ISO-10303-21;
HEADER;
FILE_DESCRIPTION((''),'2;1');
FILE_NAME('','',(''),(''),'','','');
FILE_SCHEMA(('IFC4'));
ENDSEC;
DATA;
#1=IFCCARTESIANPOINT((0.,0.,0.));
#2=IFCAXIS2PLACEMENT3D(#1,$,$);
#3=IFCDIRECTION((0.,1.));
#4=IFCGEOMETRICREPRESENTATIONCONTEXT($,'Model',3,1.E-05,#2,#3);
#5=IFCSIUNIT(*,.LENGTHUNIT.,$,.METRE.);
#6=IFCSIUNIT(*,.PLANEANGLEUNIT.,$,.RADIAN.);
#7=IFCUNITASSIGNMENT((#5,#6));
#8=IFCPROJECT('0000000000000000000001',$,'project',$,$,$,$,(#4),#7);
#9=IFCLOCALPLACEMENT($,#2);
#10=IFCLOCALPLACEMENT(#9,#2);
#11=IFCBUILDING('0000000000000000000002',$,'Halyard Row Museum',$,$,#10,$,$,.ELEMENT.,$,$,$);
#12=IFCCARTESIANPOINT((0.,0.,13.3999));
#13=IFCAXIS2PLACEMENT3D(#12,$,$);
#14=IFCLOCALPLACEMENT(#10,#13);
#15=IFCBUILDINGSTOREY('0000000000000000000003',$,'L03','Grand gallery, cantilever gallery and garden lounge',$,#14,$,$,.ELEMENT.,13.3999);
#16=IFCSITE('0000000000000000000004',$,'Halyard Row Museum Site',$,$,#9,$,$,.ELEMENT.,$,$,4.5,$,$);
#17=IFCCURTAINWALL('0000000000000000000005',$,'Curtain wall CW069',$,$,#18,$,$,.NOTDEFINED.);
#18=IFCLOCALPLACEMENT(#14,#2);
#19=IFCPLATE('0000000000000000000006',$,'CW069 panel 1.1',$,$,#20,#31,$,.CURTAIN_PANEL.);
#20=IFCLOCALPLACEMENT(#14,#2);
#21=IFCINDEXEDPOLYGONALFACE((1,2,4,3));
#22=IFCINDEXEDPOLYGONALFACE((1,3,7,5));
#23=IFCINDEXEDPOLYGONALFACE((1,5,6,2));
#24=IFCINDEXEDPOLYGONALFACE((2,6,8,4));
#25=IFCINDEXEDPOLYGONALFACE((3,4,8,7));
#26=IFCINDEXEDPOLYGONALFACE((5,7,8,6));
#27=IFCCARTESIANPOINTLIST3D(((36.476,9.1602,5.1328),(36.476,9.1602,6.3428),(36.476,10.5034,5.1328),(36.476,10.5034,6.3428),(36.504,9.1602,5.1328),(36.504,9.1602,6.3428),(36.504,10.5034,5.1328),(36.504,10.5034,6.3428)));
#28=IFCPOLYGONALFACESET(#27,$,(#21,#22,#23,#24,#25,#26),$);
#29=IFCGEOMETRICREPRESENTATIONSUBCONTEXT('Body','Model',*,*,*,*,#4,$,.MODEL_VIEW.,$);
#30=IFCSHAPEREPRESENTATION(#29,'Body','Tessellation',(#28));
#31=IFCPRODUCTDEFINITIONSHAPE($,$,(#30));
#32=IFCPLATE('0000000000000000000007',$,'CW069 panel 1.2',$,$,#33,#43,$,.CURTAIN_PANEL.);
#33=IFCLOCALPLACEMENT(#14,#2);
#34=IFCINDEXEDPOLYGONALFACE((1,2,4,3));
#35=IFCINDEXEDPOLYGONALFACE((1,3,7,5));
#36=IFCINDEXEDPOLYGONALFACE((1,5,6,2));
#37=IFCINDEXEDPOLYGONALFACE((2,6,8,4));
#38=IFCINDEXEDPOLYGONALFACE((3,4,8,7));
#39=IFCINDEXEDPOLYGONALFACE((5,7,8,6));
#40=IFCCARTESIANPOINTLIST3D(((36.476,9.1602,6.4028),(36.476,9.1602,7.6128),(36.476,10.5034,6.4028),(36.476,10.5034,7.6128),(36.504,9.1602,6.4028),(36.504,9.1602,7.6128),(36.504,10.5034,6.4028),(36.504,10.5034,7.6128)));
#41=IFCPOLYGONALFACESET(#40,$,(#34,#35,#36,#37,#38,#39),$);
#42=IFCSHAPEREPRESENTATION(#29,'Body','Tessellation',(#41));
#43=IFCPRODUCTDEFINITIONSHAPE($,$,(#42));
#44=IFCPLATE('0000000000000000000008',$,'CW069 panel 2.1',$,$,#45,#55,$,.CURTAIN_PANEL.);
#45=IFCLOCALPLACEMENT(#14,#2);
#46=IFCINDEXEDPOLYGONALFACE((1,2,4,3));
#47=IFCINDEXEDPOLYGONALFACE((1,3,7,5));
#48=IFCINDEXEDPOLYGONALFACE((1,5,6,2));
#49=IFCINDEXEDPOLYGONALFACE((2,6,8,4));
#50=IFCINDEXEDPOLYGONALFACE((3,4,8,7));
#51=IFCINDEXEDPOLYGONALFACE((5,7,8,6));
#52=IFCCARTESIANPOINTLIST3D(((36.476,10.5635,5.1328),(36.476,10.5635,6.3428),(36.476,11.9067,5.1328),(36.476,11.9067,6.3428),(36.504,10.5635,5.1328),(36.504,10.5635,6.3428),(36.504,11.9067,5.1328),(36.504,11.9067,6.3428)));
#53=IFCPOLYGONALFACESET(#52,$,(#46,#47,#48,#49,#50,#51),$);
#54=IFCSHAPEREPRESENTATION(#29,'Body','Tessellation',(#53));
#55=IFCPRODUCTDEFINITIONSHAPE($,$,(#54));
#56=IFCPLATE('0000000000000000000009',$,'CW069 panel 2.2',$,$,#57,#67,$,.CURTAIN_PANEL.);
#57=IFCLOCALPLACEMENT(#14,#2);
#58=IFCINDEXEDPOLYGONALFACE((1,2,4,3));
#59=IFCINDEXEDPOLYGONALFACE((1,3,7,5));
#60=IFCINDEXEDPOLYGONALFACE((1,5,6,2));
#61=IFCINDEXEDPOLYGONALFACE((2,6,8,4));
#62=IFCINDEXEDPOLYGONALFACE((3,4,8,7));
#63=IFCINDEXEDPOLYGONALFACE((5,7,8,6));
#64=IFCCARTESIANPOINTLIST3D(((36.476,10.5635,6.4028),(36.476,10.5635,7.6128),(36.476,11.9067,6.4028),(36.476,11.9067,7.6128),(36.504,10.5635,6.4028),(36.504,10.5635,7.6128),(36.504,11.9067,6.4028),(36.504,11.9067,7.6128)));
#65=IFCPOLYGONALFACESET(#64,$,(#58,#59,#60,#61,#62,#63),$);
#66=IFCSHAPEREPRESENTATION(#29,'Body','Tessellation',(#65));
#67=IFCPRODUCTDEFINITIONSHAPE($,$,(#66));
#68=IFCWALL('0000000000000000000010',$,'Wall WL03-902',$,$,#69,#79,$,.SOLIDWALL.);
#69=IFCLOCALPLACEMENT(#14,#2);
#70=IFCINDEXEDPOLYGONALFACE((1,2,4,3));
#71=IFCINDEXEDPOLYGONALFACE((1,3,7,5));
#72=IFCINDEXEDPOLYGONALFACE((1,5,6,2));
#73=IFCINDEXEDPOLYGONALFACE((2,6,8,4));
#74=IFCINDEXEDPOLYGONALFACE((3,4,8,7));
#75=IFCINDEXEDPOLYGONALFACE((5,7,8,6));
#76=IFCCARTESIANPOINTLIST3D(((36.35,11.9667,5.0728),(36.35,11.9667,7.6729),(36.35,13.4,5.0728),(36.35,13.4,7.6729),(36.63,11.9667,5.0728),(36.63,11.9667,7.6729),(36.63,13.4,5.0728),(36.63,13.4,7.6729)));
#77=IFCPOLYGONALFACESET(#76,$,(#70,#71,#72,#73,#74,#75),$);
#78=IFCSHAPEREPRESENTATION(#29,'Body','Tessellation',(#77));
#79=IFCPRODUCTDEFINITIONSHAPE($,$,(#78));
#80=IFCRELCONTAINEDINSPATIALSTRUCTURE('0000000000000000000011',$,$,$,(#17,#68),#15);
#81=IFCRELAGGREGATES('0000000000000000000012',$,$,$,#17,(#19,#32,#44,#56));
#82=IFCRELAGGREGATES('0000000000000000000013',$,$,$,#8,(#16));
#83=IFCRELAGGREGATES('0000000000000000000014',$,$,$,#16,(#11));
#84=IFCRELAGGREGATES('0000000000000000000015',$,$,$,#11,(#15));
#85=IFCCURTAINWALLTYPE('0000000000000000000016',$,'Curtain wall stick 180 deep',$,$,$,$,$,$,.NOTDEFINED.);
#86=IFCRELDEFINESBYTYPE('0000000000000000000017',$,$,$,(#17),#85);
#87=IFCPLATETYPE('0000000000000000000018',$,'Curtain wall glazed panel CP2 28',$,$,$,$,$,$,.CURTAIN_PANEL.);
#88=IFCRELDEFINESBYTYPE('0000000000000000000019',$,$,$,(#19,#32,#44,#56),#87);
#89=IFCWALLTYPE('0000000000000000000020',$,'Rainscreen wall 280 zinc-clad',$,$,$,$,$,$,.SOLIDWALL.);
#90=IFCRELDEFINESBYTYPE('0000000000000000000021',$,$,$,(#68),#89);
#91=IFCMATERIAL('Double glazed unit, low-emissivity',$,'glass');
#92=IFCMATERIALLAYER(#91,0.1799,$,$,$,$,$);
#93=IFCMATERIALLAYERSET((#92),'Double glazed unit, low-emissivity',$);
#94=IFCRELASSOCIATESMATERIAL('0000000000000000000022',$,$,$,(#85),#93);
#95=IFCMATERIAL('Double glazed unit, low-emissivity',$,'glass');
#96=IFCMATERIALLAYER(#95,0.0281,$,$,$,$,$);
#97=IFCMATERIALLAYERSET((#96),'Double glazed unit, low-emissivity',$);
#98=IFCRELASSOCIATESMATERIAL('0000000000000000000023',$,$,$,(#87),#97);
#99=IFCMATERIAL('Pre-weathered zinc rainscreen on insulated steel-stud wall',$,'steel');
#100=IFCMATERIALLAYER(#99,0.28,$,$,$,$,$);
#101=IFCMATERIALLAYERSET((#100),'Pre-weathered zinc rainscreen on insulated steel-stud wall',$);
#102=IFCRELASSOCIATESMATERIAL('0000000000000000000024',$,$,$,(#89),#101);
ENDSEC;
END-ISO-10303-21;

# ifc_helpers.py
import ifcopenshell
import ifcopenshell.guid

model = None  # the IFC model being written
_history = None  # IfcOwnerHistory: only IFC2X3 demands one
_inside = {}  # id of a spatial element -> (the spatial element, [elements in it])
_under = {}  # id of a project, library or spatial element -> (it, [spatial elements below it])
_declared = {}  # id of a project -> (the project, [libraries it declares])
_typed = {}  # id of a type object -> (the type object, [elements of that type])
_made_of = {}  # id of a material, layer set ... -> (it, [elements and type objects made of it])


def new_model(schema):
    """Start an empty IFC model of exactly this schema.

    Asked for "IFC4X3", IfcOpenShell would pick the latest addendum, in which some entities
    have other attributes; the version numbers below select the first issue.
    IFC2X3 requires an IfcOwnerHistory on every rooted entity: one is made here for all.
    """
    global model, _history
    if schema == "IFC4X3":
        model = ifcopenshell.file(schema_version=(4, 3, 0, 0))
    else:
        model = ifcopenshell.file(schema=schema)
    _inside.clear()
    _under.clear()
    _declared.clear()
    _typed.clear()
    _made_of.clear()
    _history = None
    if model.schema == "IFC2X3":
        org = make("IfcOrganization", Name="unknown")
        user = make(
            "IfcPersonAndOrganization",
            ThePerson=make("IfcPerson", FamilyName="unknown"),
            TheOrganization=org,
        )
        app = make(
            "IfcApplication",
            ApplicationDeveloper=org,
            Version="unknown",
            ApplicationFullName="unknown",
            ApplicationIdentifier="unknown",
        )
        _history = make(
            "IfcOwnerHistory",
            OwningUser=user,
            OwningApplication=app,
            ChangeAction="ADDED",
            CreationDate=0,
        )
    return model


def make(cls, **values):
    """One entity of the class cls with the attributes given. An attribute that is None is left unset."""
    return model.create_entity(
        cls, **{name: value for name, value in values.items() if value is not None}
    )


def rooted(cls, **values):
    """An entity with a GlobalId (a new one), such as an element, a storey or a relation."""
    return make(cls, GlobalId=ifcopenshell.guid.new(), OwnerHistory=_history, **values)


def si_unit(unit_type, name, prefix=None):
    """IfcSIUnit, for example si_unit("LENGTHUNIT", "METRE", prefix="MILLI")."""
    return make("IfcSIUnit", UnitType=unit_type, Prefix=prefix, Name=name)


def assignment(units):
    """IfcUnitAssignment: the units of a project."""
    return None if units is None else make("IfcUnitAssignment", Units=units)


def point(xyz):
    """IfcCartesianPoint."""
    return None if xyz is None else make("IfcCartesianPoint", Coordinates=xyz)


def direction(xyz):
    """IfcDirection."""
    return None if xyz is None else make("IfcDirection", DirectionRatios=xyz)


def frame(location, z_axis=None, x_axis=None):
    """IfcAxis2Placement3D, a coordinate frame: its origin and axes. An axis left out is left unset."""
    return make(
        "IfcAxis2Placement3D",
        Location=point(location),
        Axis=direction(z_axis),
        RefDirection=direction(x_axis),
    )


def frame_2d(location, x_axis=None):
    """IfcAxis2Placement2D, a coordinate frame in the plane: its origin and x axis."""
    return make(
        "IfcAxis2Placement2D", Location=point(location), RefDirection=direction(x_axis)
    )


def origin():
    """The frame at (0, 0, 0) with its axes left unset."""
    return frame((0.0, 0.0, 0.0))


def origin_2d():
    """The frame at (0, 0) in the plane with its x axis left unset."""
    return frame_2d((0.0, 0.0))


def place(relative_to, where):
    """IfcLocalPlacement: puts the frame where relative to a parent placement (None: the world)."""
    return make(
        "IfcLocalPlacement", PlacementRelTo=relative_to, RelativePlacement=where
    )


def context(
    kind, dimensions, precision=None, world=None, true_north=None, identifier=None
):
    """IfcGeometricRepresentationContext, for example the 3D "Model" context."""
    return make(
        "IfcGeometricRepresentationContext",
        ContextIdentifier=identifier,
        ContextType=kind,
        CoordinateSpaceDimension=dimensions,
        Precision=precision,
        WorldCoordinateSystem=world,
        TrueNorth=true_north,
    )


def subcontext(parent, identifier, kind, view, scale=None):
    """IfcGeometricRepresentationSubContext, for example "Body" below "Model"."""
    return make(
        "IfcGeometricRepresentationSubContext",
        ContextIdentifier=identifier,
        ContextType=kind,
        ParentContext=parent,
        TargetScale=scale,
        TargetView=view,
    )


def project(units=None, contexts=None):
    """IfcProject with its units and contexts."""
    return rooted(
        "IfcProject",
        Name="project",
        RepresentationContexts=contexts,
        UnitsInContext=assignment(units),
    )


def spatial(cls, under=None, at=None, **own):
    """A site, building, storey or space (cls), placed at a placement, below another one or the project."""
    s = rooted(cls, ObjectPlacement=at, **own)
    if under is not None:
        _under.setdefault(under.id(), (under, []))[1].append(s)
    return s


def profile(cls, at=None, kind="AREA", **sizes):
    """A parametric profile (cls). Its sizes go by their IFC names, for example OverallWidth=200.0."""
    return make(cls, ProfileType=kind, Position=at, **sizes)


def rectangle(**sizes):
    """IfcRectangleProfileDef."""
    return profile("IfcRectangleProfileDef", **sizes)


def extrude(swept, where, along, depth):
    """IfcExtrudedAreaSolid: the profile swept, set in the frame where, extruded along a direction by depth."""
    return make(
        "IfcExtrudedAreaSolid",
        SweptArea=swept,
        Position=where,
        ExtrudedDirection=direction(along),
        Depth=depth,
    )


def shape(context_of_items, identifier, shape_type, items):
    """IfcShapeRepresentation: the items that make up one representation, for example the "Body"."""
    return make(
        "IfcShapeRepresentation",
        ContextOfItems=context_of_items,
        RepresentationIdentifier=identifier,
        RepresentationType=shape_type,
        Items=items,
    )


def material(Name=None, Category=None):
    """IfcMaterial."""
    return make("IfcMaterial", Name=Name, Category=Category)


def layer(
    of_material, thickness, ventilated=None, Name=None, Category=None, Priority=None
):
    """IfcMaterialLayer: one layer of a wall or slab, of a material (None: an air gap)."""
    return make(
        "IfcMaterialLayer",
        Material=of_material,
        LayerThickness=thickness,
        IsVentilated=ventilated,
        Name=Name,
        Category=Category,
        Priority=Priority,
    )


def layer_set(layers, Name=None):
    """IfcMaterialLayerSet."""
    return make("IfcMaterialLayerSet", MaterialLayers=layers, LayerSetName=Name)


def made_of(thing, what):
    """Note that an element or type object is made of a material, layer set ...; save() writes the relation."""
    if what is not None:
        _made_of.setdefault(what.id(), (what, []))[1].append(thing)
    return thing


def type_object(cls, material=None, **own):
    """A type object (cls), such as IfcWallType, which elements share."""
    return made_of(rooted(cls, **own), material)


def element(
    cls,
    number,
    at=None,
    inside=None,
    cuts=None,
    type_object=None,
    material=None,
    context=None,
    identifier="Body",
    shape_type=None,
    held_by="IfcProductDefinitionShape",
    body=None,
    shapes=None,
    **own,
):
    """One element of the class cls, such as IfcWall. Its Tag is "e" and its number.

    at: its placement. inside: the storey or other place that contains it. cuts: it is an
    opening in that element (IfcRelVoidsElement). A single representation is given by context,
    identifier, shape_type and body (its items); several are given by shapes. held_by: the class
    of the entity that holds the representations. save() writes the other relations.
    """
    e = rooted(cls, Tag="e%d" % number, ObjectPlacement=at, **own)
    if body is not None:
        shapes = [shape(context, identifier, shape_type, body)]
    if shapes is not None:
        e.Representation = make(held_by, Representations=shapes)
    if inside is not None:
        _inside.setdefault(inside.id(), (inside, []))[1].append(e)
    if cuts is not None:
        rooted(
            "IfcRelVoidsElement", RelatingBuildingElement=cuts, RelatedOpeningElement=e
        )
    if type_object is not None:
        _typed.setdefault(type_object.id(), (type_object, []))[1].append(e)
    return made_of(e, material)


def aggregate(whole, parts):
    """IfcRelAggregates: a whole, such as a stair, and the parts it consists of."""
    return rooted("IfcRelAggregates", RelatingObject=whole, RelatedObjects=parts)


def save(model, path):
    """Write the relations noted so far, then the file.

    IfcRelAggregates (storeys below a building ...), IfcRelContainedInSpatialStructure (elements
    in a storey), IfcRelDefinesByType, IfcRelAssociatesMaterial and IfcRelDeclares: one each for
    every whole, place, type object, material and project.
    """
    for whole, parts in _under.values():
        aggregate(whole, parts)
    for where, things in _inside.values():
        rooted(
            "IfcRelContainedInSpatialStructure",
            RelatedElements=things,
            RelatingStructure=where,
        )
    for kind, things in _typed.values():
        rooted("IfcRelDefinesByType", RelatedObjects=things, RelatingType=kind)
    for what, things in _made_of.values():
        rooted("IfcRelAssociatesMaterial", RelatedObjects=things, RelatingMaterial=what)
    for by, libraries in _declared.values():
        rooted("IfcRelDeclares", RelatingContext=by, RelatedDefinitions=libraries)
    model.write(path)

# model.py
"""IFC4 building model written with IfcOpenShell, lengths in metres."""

from ifc_helpers import new_model, si_unit, direction, frame, frame_2d, origin, origin_2d, place, context, subcontext, project, spatial, rectangle, extrude, material, layer, layer_set, type_object, element, aggregate, save


model = new_model("IFC4")

# Units and contexts
model_context = context("Model", 3, precision=1e-05, world=origin(), true_north=direction((0.0, 1.0)))
body_context = subcontext(model_context, "Body", "Model", "MODEL_VIEW")
ifc_project = project(units=[si_unit("LENGTHUNIT", "METRE"), si_unit("PLANEANGLEUNIT", "RADIAN")], contexts=[model_context])

# Site, building, storey
site_placement = place(None, origin())
site = spatial("IfcSite", under=ifc_project, at=site_placement, Name="Halyard Row Museum Site", CompositionType="ELEMENT", RefElevation=4.5)
building_placement = place(site_placement, origin())
building = spatial("IfcBuilding", under=site, at=building_placement, Name="Halyard Row Museum", CompositionType="ELEMENT")
storey_placement = place(building_placement, frame((0.0, 0.0, 13.3999)))
storey = spatial("IfcBuildingStorey", under=building, at=storey_placement, Name="L03", Description="Grand gallery, cantilever gallery and garden lounge", CompositionType="ELEMENT", Elevation=13.3999)

# Curtain wall
ifc_material_1 = material(Name="Double glazed unit, low-emissivity", Category="glass")
ifc_layer_1 = layer(ifc_material_1, 0.1799)
ifc_layer_set_1 = layer_set([ifc_layer_1], Name="Double glazed unit, low-emissivity")
curtain_wall_type = type_object("IfcCurtainWallType", Name="Curtain wall stick 180 deep", PredefinedType="NOTDEFINED", material=ifc_layer_set_1)
curtain_wall_1_placement = place(storey_placement, origin())
curtain_wall_1 = element("IfcCurtainWall", 1, at=curtain_wall_1_placement, inside=storey, type_object=curtain_wall_type, Name="Curtain wall CW069", PredefinedType="NOTDEFINED")

# Plates
ifc_material_2 = material(Name="Double glazed unit, low-emissivity", Category="glass")
ifc_layer_2 = layer(ifc_material_2, 0.0281)
ifc_layer_set_2 = layer_set([ifc_layer_2], Name="Double glazed unit, low-emissivity")
plate_type = type_object("IfcPlateType", Name="Curtain wall glazed panel CP2 28", PredefinedType="CURTAIN_PANEL", material=ifc_layer_set_2)
plate_1_placement = place(storey_placement, frame((36.49, 9.8318, 5.1328), z_axis=(0.0, 0.0, 1.0), x_axis=(0.0, 1.0, 0.0)))
plate_1 = element("IfcPlate", 2, at=plate_1_placement, type_object=plate_type, Name="CW069 panel 1.1", PredefinedType="CURTAIN_PANEL", context=body_context, shape_type="SweptSolid", body=[
    extrude(rectangle(XDim=1.3433, YDim=0.0281, at=origin_2d()), origin(), (0.0, 0.0, 1.0), 1.21),
])
plate_2_placement = place(storey_placement, frame((36.49, 9.8318, 6.4028), z_axis=(0.0, 0.0, 1.0), x_axis=(0.0, 1.0, 0.0)))
plate_2 = element("IfcPlate", 3, at=plate_2_placement, type_object=plate_type, Name="CW069 panel 1.2", PredefinedType="CURTAIN_PANEL", context=body_context, shape_type="SweptSolid", body=[
    extrude(rectangle(XDim=1.3433, YDim=0.0281, at=origin_2d()), origin(), (0.0, 0.0, 1.0), 1.21),
])
plate_3_placement = place(storey_placement, frame((36.49, 11.2351, 5.1328), z_axis=(0.0, 0.0, 1.0), x_axis=(0.0, 1.0, 0.0)))
plate_3 = element("IfcPlate", 4, at=plate_3_placement, type_object=plate_type, Name="CW069 panel 2.1", PredefinedType="CURTAIN_PANEL", context=body_context, shape_type="SweptSolid", body=[
    extrude(rectangle(XDim=1.3433, YDim=0.0281, at=origin_2d()), origin(), (0.0, 0.0, 1.0), 1.21),
])
plate_4_placement = place(storey_placement, frame((36.49, 11.2351, 6.4028), z_axis=(0.0, 0.0, 1.0), x_axis=(0.0, 1.0, 0.0)))
plate_4 = element("IfcPlate", 5, at=plate_4_placement, type_object=plate_type, Name="CW069 panel 2.2", PredefinedType="CURTAIN_PANEL", context=body_context, shape_type="SweptSolid", body=[
    extrude(rectangle(XDim=1.3433, YDim=0.0281, at=origin_2d()), origin(), (0.0, 0.0, 1.0), 1.21),
])
aggregate(curtain_wall_1, [plate_1, plate_2, plate_3, plate_4])

# Wall
ifc_material_3 = material(Name="Pre-weathered zinc rainscreen on insulated steel-stud wall", Category="steel")
ifc_layer_3 = layer(ifc_material_3, 0.28)
ifc_layer_set_3 = layer_set([ifc_layer_3], Name="Pre-weathered zinc rainscreen on insulated steel-stud wall")
wall_type = type_object("IfcWallType", Name="Rainscreen wall 280 zinc-clad", PredefinedType="SOLIDWALL", material=ifc_layer_set_3)
wall_placement = place(storey_placement, frame((36.49, 11.9666, 5.0728), z_axis=(0.0, 0.0, 1.0), x_axis=(0.0, 1.0, 0.0)))
element("IfcWall", 6, at=wall_placement, inside=storey, type_object=wall_type, Name="Wall WL03-902", PredefinedType="SOLIDWALL", context=body_context, shape_type="SweptSolid", body=[
    extrude(rectangle(XDim=1.4333, YDim=0.28, at=frame_2d((0.7168, 0.0))), origin(), (0.0, 0.0, 1.0), 2.6001),
])

save(model, "model.ifc")
